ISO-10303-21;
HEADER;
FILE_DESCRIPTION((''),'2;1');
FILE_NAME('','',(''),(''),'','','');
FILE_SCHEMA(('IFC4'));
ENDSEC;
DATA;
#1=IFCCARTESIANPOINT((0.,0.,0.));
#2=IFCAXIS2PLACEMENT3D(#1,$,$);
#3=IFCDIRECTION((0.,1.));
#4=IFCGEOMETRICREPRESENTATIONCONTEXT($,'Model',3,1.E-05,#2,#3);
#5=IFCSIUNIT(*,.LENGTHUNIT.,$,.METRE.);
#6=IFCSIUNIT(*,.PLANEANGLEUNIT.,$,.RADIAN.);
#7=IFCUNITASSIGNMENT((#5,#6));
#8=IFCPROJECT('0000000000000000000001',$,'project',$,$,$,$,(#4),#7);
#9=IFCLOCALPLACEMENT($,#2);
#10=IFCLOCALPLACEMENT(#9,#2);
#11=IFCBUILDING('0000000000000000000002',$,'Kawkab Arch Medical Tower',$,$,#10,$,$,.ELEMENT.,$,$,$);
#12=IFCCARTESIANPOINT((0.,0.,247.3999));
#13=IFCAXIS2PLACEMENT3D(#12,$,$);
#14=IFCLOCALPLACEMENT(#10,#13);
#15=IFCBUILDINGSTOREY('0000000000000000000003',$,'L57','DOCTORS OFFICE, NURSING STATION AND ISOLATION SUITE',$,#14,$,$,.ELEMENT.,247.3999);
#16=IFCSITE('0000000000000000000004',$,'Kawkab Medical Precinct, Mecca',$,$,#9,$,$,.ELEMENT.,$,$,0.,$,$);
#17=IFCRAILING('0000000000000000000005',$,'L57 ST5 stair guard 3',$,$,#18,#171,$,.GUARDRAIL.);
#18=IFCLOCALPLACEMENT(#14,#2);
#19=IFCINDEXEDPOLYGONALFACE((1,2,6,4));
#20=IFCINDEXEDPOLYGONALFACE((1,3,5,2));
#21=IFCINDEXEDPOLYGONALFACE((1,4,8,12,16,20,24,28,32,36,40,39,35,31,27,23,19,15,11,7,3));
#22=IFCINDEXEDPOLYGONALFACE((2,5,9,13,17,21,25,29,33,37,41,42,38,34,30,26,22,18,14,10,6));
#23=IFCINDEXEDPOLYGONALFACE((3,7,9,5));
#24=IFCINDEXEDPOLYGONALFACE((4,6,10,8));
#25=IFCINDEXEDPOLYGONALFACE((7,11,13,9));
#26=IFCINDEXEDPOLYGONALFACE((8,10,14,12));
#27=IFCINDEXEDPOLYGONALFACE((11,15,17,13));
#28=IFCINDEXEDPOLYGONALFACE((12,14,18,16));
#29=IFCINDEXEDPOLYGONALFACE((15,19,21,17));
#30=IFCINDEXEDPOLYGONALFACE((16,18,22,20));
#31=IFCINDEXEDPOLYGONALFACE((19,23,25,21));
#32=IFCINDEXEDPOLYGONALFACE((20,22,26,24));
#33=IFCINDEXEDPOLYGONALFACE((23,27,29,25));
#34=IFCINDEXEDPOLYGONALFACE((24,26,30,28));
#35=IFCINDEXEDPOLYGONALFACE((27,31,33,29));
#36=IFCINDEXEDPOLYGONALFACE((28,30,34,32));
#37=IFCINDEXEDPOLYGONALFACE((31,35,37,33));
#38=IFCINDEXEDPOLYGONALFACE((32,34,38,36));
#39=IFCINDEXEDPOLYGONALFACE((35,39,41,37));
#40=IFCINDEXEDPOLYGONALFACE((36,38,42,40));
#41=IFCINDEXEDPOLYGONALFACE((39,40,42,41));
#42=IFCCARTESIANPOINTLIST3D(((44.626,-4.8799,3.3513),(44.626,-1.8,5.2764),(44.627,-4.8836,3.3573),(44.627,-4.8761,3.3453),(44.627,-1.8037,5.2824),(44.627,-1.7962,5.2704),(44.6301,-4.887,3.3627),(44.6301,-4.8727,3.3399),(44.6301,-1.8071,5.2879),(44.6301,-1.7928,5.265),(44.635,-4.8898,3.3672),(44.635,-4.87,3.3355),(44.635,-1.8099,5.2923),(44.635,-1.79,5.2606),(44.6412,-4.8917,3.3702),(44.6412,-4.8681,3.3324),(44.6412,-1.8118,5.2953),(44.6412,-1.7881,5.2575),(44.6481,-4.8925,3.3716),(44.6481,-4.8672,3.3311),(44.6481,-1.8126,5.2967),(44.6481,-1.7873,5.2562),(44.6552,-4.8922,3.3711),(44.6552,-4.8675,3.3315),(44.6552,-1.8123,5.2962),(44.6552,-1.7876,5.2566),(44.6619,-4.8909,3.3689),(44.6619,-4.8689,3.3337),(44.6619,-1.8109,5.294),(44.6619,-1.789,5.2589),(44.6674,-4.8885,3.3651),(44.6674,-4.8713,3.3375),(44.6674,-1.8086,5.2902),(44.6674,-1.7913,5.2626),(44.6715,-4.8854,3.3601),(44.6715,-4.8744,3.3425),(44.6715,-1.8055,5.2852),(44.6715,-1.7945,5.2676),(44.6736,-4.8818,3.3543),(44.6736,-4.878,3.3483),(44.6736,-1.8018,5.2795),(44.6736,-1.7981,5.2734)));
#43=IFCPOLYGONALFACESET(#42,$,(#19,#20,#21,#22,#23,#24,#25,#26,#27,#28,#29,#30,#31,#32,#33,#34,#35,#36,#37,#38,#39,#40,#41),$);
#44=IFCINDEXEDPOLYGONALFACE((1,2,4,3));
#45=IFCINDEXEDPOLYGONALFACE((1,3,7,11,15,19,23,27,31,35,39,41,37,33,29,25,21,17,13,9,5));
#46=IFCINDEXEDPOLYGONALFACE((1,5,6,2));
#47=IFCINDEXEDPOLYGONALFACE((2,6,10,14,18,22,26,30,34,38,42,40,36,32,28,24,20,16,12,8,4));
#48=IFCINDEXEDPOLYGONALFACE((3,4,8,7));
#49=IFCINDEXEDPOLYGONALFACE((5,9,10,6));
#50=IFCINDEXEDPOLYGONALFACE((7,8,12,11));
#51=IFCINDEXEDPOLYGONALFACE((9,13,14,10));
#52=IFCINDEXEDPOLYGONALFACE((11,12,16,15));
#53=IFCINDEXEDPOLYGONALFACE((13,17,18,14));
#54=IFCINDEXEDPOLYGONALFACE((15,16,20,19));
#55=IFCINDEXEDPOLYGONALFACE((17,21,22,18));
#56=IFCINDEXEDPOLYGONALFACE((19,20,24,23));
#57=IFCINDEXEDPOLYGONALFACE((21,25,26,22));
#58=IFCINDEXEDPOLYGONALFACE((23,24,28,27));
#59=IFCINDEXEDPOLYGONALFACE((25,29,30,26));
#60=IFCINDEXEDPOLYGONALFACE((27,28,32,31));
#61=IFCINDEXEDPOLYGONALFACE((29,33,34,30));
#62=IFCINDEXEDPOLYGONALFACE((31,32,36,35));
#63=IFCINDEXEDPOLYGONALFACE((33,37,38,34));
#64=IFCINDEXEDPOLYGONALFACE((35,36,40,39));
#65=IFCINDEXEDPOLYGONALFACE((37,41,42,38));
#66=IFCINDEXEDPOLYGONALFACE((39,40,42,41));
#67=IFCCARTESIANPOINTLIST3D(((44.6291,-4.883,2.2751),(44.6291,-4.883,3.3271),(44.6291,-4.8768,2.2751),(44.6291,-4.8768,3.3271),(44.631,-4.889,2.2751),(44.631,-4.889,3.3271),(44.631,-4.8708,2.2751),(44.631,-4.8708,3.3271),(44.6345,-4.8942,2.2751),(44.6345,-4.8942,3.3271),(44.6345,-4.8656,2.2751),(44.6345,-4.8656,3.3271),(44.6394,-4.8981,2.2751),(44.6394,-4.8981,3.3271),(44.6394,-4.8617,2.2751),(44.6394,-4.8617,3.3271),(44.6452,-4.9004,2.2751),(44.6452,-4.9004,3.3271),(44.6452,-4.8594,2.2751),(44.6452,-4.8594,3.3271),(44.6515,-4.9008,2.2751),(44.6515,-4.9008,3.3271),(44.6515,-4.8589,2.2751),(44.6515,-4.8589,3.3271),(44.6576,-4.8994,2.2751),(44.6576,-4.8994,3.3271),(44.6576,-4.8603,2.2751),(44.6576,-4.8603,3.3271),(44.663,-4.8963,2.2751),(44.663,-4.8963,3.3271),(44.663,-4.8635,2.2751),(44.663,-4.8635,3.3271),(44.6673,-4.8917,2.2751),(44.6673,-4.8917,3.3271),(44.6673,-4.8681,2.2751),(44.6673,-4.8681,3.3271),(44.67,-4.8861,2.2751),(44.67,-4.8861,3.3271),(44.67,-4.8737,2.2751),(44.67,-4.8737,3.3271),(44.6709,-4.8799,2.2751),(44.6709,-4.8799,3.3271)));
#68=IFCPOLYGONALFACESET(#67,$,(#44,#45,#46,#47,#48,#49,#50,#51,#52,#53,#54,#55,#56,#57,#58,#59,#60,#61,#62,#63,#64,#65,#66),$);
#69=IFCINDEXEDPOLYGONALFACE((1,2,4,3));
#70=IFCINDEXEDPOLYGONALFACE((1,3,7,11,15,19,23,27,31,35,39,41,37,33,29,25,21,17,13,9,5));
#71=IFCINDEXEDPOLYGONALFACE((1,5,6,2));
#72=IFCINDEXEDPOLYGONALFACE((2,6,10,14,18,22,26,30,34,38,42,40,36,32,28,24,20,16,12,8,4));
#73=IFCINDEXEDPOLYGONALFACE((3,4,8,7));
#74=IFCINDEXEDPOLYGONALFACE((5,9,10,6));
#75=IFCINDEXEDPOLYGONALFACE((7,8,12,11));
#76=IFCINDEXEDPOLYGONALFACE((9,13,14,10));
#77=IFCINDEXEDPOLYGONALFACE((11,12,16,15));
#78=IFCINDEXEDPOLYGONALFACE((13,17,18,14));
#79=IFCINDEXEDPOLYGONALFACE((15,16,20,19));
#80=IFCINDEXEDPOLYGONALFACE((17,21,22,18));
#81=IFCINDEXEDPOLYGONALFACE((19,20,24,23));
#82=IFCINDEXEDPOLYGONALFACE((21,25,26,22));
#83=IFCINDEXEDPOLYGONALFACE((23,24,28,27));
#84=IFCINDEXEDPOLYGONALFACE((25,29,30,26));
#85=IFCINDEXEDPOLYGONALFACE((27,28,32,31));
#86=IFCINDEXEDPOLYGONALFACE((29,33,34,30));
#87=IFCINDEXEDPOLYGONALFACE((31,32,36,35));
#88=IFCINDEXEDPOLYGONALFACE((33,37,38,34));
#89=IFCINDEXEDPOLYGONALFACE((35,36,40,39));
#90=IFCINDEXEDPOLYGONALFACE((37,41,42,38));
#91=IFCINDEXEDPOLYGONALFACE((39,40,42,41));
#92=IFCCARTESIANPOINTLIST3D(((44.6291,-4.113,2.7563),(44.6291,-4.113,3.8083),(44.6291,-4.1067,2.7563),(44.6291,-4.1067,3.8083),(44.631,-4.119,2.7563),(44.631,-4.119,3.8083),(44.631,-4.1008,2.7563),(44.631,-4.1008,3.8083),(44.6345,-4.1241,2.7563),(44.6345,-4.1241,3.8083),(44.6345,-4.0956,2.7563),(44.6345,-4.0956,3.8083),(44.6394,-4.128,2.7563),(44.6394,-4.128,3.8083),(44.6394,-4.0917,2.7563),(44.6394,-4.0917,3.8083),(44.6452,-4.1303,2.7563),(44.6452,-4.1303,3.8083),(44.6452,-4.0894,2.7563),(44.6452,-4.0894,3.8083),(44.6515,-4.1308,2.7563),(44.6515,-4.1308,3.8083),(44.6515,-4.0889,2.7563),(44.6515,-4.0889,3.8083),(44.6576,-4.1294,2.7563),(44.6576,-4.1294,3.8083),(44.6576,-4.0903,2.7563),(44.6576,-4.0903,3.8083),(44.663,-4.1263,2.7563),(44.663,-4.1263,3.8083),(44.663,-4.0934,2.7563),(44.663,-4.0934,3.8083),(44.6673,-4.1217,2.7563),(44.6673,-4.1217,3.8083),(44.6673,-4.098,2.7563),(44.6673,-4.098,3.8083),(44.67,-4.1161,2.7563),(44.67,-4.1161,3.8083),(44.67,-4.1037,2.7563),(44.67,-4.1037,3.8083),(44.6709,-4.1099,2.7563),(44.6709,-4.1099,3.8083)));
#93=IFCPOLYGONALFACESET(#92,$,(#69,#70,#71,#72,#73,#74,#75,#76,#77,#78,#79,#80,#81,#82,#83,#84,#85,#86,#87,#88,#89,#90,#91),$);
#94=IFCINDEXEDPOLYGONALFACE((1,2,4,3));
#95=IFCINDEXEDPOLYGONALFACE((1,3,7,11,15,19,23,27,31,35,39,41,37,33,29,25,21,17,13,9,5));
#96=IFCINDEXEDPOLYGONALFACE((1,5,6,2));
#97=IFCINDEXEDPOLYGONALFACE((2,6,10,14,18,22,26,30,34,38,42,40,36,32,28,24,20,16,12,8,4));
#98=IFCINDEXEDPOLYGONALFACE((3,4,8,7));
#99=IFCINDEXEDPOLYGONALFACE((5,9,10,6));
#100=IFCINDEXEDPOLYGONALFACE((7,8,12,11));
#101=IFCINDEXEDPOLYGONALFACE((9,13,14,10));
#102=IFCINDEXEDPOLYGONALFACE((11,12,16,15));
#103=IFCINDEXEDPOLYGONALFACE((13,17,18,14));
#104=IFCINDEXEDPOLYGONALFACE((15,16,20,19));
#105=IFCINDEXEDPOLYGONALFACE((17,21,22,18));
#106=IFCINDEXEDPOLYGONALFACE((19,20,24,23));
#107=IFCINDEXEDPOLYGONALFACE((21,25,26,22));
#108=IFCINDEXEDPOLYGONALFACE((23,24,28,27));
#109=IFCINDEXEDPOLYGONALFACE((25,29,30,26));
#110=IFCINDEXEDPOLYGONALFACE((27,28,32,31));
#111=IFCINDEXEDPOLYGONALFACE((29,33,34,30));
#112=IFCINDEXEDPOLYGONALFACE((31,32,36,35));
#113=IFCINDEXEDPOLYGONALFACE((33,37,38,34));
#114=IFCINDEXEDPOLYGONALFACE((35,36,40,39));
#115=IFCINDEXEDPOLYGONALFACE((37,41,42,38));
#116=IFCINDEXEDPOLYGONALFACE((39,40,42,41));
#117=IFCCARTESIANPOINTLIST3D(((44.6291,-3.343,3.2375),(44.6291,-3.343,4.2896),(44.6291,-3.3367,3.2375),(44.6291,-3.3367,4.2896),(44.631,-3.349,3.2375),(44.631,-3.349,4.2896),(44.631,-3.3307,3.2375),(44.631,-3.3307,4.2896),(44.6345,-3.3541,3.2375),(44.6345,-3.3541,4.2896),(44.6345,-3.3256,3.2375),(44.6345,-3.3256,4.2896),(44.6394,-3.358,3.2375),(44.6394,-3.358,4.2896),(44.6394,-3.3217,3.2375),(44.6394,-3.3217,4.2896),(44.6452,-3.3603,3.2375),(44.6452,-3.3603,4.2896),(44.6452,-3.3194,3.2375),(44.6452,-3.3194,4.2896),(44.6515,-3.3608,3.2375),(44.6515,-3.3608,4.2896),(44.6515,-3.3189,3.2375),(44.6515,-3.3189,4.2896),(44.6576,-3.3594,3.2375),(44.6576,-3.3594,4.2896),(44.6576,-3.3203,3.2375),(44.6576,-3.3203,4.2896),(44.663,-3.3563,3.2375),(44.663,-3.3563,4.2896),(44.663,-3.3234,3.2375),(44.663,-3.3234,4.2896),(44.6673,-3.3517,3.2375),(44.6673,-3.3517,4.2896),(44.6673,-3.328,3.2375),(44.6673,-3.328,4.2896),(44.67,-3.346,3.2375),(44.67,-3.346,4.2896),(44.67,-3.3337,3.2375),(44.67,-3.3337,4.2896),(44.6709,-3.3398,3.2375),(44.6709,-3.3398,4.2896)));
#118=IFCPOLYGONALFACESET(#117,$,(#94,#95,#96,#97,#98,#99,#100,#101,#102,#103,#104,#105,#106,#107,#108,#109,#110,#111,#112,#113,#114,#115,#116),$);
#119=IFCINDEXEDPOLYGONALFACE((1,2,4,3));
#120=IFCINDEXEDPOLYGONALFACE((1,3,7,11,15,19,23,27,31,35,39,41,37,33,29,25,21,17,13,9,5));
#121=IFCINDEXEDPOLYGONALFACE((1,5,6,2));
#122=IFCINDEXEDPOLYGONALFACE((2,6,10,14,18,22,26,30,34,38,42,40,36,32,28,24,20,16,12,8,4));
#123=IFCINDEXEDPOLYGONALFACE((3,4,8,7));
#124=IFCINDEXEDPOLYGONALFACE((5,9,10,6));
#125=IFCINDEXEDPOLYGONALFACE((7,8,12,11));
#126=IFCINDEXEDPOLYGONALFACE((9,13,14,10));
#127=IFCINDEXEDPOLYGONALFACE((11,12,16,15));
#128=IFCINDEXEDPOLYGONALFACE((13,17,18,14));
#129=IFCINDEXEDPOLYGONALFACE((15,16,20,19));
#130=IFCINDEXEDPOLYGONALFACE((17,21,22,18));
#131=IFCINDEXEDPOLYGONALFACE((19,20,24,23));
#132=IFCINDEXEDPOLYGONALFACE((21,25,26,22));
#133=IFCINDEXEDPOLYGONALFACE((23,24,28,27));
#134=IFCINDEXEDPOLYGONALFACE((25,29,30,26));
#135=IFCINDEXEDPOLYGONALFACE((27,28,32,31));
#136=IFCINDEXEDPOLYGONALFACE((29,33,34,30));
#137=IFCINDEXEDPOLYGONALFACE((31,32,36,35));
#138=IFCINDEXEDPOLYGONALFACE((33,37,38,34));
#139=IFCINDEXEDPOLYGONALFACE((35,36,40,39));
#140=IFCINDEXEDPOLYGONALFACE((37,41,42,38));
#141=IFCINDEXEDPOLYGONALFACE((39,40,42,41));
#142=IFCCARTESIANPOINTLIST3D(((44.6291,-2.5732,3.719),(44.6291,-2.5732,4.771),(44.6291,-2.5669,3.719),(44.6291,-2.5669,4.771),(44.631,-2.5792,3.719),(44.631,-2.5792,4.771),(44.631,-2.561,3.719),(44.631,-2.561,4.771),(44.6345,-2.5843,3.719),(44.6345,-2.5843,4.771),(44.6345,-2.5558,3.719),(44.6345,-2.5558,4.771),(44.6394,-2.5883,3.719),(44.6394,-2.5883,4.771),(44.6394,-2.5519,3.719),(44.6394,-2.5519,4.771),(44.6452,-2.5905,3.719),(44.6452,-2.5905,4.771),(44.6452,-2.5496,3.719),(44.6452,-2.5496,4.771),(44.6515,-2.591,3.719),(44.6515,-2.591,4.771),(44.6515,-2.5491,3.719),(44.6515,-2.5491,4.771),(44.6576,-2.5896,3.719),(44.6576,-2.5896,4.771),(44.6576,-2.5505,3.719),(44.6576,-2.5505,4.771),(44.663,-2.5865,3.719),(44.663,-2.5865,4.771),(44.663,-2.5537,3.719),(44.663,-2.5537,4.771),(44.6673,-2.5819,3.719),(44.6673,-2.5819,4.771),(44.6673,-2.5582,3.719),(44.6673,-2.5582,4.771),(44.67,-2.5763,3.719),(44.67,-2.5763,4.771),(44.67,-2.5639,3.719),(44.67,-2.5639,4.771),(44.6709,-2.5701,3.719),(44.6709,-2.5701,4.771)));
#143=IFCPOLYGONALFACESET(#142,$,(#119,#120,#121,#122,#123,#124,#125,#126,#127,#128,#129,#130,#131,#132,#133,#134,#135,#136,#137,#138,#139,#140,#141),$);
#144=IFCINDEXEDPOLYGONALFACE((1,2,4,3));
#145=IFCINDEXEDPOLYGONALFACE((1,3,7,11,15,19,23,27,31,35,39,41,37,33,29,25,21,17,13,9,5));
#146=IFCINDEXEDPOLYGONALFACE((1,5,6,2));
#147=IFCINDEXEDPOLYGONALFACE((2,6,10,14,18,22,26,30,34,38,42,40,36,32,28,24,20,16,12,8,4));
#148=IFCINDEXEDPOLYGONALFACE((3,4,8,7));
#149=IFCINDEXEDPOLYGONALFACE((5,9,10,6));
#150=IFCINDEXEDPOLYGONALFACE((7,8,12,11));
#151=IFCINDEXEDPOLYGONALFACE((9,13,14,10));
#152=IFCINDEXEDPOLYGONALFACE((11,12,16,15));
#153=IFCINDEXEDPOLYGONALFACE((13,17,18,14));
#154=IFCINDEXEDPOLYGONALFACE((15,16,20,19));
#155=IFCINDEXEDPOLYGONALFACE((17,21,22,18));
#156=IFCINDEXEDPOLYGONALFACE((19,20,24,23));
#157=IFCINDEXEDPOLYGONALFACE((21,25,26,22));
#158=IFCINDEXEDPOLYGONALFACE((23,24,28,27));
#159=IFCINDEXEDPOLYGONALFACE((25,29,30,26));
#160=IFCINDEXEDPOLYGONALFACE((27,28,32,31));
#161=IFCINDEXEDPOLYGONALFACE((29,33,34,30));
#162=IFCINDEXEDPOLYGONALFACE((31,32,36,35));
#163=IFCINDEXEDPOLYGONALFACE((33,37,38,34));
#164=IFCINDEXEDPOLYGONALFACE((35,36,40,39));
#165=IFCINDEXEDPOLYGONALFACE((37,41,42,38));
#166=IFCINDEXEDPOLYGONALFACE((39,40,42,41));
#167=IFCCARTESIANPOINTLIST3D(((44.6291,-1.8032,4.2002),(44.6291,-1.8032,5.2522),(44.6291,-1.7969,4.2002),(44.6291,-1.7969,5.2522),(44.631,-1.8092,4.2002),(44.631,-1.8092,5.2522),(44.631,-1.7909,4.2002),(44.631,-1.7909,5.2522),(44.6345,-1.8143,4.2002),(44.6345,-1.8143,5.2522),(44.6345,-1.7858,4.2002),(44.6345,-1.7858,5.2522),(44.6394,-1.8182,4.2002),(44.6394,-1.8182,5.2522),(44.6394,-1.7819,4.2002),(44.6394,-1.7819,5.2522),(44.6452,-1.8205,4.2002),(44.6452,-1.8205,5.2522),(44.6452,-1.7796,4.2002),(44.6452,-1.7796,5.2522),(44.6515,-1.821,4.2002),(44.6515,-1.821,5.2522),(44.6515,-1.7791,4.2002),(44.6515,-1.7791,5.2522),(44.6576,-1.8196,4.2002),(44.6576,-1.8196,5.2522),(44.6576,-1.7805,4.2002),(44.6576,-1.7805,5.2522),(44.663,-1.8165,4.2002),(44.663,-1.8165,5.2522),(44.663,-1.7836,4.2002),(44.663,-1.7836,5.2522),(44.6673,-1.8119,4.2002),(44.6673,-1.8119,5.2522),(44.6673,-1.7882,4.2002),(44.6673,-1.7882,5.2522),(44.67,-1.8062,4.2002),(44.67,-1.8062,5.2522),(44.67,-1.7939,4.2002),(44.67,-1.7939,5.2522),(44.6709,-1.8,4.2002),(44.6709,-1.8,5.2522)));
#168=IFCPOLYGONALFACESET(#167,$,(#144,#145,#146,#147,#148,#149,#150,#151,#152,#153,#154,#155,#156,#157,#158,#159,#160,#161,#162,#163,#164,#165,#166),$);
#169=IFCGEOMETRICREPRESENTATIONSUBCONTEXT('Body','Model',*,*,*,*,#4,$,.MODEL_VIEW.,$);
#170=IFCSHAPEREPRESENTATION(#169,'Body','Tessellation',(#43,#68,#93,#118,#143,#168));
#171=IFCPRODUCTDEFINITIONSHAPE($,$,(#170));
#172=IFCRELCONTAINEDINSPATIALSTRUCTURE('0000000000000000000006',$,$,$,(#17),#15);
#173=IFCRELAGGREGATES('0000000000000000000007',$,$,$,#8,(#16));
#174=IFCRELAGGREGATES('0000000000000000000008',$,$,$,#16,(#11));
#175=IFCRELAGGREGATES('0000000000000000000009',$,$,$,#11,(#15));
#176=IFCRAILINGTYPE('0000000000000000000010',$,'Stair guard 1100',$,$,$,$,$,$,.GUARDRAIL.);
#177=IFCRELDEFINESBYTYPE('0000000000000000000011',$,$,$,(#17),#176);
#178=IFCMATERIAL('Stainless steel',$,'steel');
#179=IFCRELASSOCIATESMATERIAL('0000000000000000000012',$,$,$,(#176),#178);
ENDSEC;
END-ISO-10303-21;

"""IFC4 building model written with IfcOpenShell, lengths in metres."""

from ifc_helpers import new_model, si_unit, direction, frame, origin, origin_2d, place, context, subcontext, project, spatial, circle, extrude, material, type_object, element, save


model = new_model("IFC4")

# Units and contexts
model_context = context("Model", 3, precision=1e-05, world=origin(), true_north=direction((0.0, 1.0)))
body_context = subcontext(model_context, "Body", "Model", "MODEL_VIEW")
ifc_project = project(units=[si_unit("LENGTHUNIT", "METRE"), si_unit("PLANEANGLEUNIT", "RADIAN")], contexts=[model_context])

# Site, building, storey
site_placement = place(None, origin())
site = spatial("IfcSite", under=ifc_project, at=site_placement, Name="Kawkab Medical Precinct, Mecca", CompositionType="ELEMENT", RefElevation=0.0)
building_placement = place(site_placement, origin())
building = spatial("IfcBuilding", under=site, at=building_placement, Name="Kawkab Arch Medical Tower", CompositionType="ELEMENT")
storey_placement = place(building_placement, frame((0.0, 0.0, 247.3999)))
storey = spatial("IfcBuildingStorey", under=building, at=storey_placement, Name="L57", Description="DOCTORS OFFICE, NURSING STATION AND ISOLATION SUITE", CompositionType="ELEMENT", Elevation=247.3999)

# Railing
ifc_material_1 = material(Name="Stainless steel", Category="steel")
railing_type_1 = type_object("IfcRailingType", Name="Stair guard 1100", PredefinedType="GUARDRAIL", material=ifc_material_1)
railing_1_placement = place(storey_placement, frame((44.6499, -4.8799, 2.2751)))
element("IfcRailing", 1, at=railing_1_placement, inside=storey, type_object=railing_type_1, Name="L57 ST5 stair guard 3", PredefinedType="GUARDRAIL", context=body_context, shape_type="SweptSolid", body=[
    extrude(circle(Radius=0.0239, at=origin_2d()), frame((0.0, 0.0, 1.0762), z_axis=(0.0, 0.847979, 0.530029), x_axis=(-1.0, 0.0, 0.0)), (0.0, 0.0, 1.0), 3.6321),
    extrude(circle(Radius=0.021, at=origin_2d()), origin(), (0.0, 0.0, 1.0), 1.052),
    extrude(circle(Radius=0.021, at=origin_2d()), frame((0.0, 0.77, 0.4812)), (0.0, 0.0, 1.0), 1.052),
    extrude(circle(Radius=0.021, at=origin_2d()), frame((0.0, 1.54, 0.9624)), (0.0, 0.0, 1.0), 1.052),
    extrude(circle(Radius=0.021, at=origin_2d()), frame((0.0, 2.3098, 1.4438)), (0.0, 0.0, 1.0), 1.052),
    extrude(circle(Radius=0.021, at=origin_2d()), frame((0.0, 3.0798, 1.925)), (0.0, 0.0, 1.0), 1.052),
])

save(model, "model.ifc")
